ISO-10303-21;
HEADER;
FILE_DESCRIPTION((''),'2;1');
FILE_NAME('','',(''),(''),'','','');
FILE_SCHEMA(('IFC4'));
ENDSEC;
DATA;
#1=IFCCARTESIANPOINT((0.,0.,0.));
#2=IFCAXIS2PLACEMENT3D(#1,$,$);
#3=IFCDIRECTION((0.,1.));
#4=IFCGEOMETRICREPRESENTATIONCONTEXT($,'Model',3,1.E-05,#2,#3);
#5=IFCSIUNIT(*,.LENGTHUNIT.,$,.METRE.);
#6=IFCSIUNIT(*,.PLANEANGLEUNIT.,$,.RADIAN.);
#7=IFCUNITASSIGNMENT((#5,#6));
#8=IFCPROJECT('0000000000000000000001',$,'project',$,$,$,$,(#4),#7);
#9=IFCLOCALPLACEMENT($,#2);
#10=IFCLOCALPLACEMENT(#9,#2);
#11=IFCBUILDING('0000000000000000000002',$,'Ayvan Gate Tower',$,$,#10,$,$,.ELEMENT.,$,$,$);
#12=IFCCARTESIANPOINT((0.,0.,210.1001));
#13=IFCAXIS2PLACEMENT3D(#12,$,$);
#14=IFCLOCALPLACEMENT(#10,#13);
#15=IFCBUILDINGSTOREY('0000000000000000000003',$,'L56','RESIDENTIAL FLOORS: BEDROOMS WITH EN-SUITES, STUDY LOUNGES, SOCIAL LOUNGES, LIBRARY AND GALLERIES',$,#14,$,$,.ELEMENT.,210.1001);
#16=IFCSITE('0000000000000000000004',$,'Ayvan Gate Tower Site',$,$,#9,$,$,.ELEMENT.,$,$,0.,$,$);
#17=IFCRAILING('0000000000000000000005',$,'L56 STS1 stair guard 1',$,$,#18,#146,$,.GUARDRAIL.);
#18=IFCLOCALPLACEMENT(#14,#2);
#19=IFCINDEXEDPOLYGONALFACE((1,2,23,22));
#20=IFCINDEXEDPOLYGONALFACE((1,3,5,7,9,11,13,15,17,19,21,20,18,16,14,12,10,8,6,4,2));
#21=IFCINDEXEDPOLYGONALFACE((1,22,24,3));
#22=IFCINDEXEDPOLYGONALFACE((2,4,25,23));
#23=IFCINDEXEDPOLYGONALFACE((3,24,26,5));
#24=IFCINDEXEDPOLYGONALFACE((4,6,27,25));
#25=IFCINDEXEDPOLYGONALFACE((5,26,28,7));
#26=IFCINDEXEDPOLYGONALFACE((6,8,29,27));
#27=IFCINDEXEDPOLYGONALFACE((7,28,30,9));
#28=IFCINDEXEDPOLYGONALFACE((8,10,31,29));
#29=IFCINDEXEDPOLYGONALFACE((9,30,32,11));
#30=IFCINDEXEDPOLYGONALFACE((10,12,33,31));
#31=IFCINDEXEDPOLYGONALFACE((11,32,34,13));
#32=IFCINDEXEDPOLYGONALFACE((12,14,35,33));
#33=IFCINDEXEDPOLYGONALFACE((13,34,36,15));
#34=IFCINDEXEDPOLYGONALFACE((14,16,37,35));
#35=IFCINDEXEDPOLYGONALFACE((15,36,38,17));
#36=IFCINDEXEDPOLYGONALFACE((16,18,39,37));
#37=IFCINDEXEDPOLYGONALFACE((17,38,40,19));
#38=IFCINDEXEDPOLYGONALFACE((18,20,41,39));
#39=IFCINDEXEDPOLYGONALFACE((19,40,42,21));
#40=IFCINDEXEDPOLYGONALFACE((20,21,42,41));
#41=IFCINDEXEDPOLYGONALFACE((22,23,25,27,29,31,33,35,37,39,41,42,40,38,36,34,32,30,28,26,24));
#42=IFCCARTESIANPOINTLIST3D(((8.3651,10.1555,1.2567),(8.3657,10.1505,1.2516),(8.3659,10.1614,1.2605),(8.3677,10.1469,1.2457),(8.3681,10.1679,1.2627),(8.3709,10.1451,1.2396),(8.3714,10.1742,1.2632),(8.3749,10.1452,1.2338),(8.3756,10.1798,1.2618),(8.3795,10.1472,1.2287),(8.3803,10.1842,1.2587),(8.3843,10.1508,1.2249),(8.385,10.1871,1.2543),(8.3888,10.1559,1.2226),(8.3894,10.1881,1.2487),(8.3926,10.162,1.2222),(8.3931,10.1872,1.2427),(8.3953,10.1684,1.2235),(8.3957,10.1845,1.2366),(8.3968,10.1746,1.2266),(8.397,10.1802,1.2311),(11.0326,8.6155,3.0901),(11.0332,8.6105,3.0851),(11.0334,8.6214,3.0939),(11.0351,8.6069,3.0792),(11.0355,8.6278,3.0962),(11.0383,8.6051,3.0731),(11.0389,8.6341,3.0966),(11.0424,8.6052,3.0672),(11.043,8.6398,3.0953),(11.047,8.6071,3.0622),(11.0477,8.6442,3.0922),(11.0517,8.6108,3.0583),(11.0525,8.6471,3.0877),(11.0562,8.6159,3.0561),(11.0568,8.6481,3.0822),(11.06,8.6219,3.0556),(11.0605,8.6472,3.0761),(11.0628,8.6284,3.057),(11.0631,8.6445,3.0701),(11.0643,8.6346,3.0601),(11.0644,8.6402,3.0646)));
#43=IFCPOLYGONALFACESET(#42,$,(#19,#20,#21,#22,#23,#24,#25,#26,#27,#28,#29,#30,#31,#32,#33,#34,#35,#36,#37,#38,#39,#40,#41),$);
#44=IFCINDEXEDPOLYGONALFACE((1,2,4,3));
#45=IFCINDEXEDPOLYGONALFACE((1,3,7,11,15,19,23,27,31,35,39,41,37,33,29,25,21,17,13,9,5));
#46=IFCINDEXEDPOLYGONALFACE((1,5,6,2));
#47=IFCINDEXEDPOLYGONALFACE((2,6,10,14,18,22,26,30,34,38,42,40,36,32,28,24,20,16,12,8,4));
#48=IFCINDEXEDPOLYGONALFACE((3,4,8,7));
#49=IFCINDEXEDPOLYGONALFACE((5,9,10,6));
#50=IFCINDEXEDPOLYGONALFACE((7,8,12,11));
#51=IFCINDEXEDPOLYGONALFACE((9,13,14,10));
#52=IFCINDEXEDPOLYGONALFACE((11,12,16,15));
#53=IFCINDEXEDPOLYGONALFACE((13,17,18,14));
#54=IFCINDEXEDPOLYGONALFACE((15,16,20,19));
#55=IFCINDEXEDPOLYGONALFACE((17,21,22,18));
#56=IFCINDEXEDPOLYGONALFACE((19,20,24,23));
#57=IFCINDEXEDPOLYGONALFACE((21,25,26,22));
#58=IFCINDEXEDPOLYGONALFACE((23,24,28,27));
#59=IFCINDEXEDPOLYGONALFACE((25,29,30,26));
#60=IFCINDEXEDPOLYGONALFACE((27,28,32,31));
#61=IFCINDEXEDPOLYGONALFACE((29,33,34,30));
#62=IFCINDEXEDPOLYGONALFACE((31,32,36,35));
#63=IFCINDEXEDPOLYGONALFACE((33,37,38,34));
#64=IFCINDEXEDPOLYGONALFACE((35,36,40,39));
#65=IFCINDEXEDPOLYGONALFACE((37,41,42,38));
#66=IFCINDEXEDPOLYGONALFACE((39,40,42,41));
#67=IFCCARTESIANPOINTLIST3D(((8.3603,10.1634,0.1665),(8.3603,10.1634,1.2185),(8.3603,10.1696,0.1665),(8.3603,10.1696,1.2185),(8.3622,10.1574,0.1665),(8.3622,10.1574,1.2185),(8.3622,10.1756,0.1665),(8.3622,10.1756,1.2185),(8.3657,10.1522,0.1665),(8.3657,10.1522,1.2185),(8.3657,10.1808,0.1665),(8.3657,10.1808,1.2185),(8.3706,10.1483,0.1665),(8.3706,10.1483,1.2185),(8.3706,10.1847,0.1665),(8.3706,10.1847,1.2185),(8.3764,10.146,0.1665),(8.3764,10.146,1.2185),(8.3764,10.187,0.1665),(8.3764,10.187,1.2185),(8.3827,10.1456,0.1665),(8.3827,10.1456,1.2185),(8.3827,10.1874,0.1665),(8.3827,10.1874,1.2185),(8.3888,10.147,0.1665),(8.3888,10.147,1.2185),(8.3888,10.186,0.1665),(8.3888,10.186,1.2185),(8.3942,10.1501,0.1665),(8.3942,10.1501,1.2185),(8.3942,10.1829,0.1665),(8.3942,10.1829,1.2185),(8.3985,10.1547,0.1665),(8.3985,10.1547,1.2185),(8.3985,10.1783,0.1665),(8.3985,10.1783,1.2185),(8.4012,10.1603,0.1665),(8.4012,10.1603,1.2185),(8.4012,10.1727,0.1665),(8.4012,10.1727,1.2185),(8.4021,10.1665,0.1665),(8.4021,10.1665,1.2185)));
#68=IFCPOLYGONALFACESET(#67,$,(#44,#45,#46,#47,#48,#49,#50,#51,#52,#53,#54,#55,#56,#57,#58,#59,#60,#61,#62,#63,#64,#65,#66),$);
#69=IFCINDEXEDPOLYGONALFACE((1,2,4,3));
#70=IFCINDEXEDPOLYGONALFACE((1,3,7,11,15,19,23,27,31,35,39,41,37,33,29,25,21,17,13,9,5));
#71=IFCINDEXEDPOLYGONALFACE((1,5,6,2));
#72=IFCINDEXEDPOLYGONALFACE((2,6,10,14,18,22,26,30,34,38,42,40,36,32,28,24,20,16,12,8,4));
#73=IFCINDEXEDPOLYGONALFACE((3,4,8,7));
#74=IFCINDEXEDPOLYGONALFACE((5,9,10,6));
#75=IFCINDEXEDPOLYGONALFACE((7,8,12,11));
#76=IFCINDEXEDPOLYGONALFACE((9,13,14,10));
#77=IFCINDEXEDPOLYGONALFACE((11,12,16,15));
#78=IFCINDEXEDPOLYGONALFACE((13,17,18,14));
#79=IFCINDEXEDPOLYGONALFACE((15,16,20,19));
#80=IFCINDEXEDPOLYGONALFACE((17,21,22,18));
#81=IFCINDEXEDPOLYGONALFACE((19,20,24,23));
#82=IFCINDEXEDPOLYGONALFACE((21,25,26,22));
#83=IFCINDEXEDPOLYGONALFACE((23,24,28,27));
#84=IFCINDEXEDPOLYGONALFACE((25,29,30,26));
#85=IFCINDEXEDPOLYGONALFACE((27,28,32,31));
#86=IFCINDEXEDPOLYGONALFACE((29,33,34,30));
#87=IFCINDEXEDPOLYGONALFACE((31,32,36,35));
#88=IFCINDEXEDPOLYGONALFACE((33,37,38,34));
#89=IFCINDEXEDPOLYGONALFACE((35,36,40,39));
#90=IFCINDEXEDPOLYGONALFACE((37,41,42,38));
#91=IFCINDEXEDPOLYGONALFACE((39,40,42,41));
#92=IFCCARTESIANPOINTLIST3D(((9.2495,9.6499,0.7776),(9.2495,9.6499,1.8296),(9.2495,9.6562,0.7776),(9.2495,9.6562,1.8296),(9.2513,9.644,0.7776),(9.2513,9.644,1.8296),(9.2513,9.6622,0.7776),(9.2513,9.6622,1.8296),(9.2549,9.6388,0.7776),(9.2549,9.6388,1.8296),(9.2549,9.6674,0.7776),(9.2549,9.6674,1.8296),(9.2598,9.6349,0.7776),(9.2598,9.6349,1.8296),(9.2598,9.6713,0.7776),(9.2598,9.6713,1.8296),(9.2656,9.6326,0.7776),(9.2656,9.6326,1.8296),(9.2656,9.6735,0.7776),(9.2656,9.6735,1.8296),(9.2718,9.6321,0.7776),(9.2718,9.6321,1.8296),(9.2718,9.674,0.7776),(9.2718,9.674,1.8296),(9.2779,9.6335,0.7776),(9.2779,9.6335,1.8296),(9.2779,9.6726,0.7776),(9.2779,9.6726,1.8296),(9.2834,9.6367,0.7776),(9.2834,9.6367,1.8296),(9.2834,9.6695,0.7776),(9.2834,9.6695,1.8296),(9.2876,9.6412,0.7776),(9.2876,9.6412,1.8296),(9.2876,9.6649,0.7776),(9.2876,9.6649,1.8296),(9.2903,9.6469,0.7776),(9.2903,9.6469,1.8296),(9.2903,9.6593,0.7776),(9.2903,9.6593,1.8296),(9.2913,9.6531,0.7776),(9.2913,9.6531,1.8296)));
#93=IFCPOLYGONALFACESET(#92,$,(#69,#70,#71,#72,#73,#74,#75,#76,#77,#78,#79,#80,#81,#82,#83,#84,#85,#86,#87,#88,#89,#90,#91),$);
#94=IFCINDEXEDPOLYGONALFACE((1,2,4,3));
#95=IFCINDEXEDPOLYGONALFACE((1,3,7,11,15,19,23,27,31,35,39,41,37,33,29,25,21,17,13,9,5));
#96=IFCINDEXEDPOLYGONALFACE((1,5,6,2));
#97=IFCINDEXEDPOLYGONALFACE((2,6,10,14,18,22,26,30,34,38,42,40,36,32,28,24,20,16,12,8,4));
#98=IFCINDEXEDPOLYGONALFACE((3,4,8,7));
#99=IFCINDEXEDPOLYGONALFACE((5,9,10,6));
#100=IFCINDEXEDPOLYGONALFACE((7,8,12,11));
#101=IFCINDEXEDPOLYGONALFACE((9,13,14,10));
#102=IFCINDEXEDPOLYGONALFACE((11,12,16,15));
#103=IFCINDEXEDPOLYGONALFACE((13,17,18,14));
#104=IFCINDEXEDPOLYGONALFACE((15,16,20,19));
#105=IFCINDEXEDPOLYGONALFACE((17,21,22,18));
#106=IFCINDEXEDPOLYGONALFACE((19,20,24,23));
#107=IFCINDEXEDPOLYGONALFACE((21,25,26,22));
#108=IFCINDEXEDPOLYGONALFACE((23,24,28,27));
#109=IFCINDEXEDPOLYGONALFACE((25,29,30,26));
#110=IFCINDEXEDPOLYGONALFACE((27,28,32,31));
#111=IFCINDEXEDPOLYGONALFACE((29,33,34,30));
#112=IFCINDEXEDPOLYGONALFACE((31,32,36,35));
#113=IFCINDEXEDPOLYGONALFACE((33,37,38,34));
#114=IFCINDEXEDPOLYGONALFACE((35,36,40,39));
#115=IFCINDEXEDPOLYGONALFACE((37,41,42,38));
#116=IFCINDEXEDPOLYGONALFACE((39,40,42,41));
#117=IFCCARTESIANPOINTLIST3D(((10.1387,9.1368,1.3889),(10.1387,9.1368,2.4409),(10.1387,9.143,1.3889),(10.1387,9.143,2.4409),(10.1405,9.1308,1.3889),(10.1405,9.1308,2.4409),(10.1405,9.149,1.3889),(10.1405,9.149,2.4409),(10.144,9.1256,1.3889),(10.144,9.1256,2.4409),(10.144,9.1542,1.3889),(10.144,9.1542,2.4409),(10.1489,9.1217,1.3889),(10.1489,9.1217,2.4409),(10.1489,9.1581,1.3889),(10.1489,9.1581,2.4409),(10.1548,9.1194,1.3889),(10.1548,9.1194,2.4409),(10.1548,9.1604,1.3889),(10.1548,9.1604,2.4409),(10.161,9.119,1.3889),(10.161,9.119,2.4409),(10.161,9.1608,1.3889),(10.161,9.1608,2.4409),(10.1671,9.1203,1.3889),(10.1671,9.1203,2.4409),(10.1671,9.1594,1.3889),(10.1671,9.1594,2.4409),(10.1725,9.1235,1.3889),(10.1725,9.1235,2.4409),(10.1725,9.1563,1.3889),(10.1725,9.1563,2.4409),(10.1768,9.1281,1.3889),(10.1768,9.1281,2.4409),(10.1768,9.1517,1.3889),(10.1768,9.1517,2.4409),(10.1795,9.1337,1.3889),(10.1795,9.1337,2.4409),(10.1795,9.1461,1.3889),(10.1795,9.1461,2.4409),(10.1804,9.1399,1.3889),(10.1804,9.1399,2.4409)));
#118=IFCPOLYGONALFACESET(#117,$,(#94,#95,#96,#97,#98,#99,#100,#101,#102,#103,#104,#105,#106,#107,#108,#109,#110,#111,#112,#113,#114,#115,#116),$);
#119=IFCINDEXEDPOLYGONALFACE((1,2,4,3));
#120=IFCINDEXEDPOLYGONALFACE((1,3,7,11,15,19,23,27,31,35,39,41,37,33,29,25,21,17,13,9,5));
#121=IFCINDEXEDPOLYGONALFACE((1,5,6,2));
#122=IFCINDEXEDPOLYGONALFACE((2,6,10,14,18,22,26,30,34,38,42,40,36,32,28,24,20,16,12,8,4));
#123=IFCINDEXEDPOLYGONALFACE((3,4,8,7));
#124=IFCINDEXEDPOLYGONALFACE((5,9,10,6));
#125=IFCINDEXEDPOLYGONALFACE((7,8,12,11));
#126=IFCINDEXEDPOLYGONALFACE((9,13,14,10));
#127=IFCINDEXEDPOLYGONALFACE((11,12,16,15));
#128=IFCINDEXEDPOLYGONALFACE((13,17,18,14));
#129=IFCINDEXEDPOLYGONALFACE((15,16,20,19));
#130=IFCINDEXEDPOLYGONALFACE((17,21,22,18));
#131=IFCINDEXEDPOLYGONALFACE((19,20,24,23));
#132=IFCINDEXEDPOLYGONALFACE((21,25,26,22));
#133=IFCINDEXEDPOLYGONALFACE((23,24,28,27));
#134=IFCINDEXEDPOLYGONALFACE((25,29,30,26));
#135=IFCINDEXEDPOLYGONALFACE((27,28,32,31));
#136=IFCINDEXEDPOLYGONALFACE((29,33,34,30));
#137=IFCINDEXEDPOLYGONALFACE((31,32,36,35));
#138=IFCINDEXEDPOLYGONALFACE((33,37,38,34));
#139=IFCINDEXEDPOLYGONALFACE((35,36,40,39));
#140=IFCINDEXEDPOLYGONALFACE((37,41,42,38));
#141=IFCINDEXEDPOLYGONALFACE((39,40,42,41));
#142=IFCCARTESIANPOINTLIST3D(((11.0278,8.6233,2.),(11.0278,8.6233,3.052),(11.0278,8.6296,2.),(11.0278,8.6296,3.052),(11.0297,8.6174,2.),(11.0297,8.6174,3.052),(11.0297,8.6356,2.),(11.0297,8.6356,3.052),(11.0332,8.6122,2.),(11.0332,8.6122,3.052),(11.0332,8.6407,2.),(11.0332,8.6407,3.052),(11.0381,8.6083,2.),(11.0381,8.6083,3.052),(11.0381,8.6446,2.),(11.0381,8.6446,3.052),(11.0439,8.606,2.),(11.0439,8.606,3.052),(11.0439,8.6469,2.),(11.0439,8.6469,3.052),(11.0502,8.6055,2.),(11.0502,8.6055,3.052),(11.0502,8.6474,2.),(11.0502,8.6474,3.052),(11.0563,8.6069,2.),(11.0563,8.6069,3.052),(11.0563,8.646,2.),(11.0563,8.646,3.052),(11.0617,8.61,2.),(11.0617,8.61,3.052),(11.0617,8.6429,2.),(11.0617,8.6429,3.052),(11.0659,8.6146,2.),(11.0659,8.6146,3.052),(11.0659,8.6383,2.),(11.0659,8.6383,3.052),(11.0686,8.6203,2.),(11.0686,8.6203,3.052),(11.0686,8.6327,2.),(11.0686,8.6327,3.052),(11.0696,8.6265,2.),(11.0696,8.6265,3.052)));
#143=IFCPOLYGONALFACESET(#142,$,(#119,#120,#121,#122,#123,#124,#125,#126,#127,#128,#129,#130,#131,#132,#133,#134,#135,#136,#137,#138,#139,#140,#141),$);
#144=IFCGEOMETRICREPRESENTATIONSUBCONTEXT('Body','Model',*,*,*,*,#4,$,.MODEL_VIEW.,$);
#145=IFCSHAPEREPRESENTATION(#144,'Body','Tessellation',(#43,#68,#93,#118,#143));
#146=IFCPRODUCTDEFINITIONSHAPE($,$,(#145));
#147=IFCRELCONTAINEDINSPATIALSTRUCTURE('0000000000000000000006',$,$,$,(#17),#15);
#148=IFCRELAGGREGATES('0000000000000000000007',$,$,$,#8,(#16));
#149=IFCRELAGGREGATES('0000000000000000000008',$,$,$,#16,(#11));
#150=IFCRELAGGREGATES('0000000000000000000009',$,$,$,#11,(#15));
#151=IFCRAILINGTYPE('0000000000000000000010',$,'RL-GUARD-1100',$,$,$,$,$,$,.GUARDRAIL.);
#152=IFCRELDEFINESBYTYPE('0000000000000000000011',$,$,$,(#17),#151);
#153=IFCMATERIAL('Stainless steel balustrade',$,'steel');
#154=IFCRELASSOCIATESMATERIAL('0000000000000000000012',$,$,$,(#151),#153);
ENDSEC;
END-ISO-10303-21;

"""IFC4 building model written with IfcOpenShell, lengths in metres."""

from ifc_helpers import new_model, si_unit, direction, frame, origin, origin_2d, place, context, subcontext, project, spatial, circle, extrude, material, type_object, element, save


model = new_model("IFC4")

# Units and contexts
model_context = context("Model", 3, precision=1e-05, world=origin(), true_north=direction((0.0, 1.0)))
body_context = subcontext(model_context, "Body", "Model", "MODEL_VIEW")
ifc_project = project(units=[si_unit("LENGTHUNIT", "METRE"), si_unit("PLANEANGLEUNIT", "RADIAN")], contexts=[model_context])

# Site, building, storey
site_placement = place(None, origin())
site = spatial("IfcSite", under=ifc_project, at=site_placement, Name="Ayvan Gate Tower Site", CompositionType="ELEMENT", RefElevation=0.0)
building_placement = place(site_placement, origin())
building = spatial("IfcBuilding", under=site, at=building_placement, Name="Ayvan Gate Tower", CompositionType="ELEMENT")
storey_placement = place(building_placement, frame((0.0, 0.0, 210.1001)))
storey = spatial("IfcBuildingStorey", under=building, at=storey_placement, Name="L56", Description="RESIDENTIAL FLOORS: BEDROOMS WITH EN-SUITES, STUDY LOUNGES, SOCIAL LOUNGES, LIBRARY AND GALLERIES", CompositionType="ELEMENT", Elevation=210.1001)

# Railing
ifc_material_1 = material(Name="Stainless steel balustrade", Category="steel")
railing_type_1 = type_object("IfcRailingType", Name="RL-GUARD-1100", PredefinedType="GUARDRAIL", material=ifc_material_1)
railing_1_placement = place(storey_placement, frame((8.3811, 10.1665, 0.1665)))
element("IfcRailing", 1, at=railing_1_placement, inside=storey, type_object=railing_type_1, Name="L56 STS1 stair guard 1", PredefinedType="GUARDRAIL", context=body_context, shape_type="SweptSolid", body=[
    extrude(circle(Radius=0.0239, at=origin_2d()), frame((0.0, 0.0, 1.0762), z_axis=(0.744164, -0.429634, 0.511502), x_axis=(0.499992, 0.86603, 0.0)), (0.0, 0.0, 1.0), 3.5845),
    extrude(circle(Radius=0.021, at=origin_2d()), origin(), (0.0, 0.0, 1.0), 1.052),
    extrude(circle(Radius=0.021, at=origin_2d()), frame((0.8892, -0.5134, 0.6111)), (0.0, 0.0, 1.0), 1.052),
    extrude(circle(Radius=0.021, at=origin_2d()), frame((1.7783, -1.0266, 1.2224)), (0.0, 0.0, 1.0), 1.052),
    extrude(circle(Radius=0.021, at=origin_2d()), frame((2.6675, -1.54, 1.8335)), (0.0, 0.0, 1.0), 1.052),
])

save(model, "model.ifc")
